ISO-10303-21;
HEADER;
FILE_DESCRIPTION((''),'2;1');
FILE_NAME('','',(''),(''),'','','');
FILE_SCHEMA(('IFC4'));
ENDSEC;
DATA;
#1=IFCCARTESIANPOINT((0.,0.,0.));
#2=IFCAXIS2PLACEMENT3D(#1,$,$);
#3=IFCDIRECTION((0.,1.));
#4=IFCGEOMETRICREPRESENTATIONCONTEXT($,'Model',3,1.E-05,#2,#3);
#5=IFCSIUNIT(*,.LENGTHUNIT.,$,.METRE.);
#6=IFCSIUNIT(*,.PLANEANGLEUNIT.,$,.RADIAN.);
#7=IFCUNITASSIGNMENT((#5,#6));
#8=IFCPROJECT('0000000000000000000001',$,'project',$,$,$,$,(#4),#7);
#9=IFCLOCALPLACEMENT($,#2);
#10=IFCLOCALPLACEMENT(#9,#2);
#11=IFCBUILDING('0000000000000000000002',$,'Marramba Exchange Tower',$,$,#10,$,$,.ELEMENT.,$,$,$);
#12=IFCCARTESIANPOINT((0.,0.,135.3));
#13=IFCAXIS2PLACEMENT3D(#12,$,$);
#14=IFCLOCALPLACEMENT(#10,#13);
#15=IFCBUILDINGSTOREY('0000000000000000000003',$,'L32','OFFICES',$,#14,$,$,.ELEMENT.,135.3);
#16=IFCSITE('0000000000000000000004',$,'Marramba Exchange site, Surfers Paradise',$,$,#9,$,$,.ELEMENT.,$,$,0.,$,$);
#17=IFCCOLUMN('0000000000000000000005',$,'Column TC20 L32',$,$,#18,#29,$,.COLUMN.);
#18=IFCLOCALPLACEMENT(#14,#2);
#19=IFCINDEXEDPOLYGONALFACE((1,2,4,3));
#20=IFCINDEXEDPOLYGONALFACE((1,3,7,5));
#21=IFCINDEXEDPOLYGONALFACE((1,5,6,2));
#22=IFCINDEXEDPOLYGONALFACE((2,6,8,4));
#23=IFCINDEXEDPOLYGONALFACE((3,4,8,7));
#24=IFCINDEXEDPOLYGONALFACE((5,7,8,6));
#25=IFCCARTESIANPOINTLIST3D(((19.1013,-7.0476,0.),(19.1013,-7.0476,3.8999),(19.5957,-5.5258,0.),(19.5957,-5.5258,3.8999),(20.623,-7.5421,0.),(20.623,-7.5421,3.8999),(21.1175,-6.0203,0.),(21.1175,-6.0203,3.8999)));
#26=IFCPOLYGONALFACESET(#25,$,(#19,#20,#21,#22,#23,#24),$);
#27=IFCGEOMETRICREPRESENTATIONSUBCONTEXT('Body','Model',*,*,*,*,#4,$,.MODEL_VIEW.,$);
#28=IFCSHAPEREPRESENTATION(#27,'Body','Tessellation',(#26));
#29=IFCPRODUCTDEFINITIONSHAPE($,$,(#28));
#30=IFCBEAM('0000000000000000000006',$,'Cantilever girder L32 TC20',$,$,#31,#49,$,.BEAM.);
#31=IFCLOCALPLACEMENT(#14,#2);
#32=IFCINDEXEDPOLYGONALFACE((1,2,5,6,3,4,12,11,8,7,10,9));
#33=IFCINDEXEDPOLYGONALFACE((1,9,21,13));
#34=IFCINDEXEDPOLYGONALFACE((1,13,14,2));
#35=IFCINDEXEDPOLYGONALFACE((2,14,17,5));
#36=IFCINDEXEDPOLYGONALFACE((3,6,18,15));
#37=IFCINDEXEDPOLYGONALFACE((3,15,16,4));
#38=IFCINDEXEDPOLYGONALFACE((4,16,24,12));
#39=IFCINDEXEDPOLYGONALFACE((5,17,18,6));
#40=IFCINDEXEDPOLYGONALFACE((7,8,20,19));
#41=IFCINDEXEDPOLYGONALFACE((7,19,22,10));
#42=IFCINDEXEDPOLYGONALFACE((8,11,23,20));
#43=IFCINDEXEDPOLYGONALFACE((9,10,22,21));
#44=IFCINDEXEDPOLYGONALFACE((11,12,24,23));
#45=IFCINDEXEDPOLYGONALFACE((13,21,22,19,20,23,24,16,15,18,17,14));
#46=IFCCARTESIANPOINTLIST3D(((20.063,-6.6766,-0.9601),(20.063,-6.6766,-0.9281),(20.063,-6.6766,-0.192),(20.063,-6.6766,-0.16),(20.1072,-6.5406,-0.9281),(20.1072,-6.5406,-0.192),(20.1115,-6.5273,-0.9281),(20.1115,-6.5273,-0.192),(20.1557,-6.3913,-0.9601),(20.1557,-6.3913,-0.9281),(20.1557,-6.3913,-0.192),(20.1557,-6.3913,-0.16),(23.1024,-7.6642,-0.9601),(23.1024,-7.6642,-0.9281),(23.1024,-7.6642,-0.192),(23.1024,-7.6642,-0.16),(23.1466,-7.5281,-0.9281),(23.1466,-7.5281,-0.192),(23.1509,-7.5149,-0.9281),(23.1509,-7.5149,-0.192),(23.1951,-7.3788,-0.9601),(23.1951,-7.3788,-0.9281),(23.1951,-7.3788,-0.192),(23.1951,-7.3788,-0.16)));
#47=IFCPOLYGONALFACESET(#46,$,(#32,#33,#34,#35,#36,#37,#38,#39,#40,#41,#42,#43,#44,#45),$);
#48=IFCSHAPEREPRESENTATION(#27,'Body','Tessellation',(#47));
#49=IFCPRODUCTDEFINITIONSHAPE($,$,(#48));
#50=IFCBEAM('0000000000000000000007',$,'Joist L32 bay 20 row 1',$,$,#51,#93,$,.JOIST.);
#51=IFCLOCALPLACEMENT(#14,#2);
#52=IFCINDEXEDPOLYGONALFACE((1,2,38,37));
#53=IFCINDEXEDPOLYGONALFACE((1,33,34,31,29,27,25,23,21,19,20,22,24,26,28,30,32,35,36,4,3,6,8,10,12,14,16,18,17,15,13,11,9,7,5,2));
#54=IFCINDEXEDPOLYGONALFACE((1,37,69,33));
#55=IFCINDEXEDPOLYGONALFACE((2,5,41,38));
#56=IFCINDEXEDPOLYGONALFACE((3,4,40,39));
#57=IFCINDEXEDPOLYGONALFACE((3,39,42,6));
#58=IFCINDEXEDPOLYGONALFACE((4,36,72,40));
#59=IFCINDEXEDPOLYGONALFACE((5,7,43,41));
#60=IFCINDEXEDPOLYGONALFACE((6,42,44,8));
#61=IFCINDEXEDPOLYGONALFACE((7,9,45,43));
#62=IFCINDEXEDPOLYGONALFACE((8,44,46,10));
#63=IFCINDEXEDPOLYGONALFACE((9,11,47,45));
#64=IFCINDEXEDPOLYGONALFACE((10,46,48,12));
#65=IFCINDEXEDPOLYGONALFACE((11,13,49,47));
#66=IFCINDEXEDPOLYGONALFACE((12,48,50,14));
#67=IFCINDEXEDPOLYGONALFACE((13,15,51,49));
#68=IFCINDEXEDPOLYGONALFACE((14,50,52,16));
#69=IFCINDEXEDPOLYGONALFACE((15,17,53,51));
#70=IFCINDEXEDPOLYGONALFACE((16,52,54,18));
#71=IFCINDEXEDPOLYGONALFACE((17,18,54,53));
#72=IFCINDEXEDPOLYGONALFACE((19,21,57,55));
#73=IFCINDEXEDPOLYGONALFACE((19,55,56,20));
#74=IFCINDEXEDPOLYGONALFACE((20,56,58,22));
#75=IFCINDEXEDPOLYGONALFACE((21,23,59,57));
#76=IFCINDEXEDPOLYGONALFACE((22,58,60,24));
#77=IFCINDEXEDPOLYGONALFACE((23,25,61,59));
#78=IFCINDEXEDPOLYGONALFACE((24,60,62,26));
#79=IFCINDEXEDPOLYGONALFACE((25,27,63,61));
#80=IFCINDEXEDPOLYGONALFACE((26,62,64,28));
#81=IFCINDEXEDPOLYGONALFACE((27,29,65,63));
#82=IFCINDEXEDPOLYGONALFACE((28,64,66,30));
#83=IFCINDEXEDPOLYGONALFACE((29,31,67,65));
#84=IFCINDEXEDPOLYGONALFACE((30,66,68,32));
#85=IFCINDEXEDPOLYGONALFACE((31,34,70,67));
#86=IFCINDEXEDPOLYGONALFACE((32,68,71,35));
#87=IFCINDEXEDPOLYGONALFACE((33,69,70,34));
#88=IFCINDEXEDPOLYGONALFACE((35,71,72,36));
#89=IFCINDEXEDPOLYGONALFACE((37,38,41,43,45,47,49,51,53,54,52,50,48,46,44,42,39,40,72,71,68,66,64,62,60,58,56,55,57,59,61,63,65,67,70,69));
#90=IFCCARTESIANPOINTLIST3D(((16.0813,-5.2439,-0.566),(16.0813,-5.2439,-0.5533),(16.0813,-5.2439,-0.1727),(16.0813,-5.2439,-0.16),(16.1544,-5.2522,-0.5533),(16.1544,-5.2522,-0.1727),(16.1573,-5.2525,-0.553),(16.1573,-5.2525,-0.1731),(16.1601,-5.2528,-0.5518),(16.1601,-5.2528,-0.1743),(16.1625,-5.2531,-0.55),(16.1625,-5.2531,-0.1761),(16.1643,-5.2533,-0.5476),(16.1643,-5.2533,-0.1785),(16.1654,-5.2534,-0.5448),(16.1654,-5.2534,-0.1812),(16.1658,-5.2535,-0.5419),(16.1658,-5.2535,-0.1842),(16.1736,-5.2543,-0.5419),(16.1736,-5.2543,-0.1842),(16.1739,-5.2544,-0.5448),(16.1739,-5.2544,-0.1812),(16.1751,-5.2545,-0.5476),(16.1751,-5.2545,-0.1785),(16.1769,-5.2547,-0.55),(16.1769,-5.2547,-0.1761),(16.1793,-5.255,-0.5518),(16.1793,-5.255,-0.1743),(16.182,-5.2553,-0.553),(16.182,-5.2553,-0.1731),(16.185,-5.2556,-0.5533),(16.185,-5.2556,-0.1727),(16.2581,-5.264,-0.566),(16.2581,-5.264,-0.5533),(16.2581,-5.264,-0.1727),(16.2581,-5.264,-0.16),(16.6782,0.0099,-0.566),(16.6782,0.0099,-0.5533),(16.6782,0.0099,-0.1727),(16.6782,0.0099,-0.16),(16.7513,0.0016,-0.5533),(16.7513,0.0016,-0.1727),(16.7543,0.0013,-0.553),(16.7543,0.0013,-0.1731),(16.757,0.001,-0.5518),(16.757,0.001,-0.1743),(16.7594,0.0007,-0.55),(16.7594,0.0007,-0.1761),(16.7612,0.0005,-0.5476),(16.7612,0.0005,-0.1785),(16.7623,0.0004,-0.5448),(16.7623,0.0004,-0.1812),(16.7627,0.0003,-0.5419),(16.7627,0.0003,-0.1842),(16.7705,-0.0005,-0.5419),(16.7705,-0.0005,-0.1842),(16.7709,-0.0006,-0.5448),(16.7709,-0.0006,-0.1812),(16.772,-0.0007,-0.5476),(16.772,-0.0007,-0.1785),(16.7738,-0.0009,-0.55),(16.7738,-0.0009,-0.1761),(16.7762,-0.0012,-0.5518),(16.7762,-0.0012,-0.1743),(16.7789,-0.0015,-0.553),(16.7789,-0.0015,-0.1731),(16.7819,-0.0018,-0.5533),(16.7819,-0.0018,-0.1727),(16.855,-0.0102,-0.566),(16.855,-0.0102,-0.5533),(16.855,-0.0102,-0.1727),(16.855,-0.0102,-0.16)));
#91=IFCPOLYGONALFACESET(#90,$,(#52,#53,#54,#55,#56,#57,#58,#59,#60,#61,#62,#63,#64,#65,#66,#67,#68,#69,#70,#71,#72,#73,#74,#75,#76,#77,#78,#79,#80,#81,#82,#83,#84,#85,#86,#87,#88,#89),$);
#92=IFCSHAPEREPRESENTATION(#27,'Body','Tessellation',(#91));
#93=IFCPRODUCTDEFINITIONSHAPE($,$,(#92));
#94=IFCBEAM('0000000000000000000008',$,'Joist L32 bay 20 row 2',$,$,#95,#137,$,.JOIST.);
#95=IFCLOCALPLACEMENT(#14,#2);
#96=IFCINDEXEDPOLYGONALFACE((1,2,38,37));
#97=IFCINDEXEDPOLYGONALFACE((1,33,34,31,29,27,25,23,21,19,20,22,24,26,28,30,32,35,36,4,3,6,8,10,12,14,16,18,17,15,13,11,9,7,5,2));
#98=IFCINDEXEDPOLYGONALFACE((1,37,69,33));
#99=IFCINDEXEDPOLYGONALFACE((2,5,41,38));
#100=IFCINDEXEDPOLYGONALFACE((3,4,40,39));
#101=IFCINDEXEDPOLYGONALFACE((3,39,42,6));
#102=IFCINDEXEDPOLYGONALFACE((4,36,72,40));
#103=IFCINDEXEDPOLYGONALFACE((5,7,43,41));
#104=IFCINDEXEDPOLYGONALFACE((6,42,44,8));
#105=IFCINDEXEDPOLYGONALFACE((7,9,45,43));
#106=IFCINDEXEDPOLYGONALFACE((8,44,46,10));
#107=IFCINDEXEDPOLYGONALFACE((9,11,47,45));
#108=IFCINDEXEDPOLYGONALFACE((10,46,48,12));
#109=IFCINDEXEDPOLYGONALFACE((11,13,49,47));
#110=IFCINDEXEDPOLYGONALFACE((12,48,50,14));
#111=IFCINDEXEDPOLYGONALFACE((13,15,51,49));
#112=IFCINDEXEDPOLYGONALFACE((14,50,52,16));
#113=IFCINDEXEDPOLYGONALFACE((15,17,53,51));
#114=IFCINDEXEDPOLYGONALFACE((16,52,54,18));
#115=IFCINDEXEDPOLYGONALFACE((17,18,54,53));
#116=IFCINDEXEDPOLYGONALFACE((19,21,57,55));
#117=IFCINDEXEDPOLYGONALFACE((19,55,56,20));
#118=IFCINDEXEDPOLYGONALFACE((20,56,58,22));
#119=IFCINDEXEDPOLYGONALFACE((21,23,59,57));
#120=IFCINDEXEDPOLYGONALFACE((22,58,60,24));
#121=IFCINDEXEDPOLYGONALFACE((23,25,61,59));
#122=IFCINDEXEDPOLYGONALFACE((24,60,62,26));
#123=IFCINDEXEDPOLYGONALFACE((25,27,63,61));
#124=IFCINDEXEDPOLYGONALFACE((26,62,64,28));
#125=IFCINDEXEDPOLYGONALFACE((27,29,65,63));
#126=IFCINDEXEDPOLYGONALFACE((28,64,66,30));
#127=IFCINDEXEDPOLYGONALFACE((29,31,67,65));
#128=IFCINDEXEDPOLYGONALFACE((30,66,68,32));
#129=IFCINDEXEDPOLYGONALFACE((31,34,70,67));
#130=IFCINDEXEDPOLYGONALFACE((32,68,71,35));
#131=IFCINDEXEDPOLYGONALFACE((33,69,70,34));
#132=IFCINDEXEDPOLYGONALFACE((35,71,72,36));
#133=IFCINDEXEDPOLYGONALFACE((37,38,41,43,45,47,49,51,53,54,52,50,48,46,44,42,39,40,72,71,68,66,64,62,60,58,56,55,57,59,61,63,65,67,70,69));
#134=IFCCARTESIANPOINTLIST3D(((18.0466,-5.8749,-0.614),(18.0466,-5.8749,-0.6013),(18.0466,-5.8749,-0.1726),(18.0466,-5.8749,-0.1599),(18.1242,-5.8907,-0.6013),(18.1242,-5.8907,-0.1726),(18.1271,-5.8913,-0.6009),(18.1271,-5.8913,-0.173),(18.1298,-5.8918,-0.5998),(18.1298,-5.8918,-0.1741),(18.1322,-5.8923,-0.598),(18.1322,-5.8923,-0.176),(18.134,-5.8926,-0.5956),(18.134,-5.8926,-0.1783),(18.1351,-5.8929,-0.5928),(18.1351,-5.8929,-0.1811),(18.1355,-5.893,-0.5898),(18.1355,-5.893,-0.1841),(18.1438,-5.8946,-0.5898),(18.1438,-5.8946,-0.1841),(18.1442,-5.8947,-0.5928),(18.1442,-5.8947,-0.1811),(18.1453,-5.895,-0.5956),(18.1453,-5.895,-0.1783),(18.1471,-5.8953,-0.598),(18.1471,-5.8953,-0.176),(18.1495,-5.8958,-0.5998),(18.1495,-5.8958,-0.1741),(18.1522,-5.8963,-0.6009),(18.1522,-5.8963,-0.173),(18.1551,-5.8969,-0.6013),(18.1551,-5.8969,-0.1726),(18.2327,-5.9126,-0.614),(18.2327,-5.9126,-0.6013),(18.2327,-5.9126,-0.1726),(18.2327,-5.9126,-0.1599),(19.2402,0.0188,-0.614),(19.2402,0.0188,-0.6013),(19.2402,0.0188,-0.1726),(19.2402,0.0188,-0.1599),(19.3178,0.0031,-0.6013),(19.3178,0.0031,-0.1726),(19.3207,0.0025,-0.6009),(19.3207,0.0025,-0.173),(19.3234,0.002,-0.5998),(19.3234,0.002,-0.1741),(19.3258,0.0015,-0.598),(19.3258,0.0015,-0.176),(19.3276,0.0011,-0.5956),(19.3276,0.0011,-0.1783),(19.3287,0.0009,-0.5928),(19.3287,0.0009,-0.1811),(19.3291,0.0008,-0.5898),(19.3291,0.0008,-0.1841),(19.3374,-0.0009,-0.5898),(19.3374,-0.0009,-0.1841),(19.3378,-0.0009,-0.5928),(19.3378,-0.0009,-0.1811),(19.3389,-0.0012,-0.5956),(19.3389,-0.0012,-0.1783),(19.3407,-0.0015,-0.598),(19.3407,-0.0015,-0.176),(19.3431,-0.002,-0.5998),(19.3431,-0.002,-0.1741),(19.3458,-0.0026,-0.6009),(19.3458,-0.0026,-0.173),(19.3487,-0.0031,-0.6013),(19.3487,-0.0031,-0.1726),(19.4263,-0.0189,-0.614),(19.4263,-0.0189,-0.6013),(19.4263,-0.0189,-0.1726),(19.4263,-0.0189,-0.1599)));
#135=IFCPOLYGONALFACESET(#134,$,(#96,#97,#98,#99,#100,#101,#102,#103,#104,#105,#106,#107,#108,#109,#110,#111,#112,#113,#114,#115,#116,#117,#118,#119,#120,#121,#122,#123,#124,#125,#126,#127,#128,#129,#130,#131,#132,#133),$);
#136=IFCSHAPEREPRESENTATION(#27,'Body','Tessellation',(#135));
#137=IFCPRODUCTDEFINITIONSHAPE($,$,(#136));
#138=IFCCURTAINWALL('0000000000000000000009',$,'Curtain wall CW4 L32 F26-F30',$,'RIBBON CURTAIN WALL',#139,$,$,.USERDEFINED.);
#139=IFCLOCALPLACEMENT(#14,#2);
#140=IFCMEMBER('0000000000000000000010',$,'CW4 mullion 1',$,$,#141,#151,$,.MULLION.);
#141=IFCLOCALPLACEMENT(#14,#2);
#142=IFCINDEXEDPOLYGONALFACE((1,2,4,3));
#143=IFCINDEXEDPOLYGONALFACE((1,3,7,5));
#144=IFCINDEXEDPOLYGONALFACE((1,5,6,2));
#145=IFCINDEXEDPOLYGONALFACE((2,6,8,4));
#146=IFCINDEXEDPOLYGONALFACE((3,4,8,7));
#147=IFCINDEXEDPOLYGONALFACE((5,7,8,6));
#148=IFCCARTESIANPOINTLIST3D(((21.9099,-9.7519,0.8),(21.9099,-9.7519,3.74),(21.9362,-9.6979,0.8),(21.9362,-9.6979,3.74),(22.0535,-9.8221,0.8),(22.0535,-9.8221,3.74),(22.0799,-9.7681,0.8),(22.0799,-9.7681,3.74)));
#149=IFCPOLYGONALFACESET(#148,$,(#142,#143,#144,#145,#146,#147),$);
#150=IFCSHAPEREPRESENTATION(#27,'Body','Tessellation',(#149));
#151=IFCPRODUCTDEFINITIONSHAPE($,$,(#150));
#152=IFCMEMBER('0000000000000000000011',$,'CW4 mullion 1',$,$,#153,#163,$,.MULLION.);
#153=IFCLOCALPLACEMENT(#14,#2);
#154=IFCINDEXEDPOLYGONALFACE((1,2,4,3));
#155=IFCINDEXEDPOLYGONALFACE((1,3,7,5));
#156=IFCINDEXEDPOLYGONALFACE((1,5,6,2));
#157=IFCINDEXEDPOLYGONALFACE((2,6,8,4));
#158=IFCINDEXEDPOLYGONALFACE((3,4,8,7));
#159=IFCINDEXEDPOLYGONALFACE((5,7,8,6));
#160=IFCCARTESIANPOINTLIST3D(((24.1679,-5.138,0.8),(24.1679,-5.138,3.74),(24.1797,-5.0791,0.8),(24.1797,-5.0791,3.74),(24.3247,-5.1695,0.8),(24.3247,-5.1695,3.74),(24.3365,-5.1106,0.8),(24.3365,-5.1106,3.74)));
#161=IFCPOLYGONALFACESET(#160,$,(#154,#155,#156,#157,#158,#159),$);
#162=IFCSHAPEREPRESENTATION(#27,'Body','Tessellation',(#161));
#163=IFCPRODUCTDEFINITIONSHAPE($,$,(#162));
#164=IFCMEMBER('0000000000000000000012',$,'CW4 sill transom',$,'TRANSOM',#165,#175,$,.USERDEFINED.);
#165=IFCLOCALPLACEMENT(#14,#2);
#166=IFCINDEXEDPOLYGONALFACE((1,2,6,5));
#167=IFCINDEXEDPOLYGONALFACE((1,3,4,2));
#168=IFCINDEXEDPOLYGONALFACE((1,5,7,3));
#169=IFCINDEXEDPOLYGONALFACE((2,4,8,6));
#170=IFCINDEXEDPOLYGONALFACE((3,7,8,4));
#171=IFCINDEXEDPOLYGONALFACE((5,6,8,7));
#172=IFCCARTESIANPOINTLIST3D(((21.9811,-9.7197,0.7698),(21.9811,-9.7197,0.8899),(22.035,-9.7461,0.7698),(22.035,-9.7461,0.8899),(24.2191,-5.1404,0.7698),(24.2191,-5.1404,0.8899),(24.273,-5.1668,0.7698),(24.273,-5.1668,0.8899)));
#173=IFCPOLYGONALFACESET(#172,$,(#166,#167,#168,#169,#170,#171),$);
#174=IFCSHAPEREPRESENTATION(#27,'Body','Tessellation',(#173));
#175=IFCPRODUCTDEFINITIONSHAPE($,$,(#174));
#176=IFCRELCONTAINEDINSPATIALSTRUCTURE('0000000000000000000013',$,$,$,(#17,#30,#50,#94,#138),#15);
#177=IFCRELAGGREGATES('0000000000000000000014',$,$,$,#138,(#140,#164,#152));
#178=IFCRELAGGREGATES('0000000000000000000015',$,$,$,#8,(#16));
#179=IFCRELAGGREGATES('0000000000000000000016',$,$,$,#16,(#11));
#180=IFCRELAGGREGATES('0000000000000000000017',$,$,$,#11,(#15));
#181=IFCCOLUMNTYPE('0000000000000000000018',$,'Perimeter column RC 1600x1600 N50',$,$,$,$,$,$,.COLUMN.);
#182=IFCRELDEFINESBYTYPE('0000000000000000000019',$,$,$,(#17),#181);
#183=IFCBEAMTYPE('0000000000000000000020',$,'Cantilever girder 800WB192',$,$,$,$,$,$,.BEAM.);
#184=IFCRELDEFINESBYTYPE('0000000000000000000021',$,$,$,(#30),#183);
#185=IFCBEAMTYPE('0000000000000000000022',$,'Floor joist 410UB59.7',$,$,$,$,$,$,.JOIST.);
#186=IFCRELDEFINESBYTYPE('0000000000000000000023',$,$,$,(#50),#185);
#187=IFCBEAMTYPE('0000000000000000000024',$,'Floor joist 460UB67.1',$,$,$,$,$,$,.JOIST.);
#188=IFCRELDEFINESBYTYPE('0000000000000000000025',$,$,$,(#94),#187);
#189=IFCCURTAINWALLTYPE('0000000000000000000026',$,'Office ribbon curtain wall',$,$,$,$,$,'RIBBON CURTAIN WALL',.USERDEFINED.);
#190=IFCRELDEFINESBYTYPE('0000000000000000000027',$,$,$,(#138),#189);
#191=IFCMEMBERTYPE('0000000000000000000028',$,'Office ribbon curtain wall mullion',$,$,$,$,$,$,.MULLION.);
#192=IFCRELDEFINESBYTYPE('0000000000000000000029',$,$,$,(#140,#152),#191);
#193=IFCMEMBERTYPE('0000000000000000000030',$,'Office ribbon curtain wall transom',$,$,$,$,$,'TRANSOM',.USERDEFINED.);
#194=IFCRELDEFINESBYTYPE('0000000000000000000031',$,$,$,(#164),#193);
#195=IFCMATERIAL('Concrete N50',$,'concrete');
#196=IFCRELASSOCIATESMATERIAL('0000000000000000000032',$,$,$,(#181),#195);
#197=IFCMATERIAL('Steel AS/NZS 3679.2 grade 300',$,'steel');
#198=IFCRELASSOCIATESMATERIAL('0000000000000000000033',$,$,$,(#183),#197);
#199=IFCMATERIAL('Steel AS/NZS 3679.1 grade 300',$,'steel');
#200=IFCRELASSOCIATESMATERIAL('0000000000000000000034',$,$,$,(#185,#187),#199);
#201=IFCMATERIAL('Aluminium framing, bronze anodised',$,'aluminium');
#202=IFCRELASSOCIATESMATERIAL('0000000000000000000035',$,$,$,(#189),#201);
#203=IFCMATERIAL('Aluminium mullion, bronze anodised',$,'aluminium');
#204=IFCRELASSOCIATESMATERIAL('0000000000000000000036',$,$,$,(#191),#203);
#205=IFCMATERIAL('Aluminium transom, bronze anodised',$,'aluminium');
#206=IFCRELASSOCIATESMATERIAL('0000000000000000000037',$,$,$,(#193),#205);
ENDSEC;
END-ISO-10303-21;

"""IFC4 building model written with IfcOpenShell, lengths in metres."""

from ifc_helpers import new_model, si_unit, direction, frame, origin, origin_2d, place, context, subcontext, project, spatial, rectangle, i_section, extrude, material, material_profile, profile_set, type_object, element, aggregate, save


model = new_model("IFC4")

# Units and contexts
model_context = context("Model", 3, precision=1e-05, world=origin(), true_north=direction((0.0, 1.0)))
body_context = subcontext(model_context, "Body", "Model", "MODEL_VIEW")
ifc_project = project(units=[si_unit("LENGTHUNIT", "METRE"), si_unit("PLANEANGLEUNIT", "RADIAN")], contexts=[model_context])

# Site, building, storey
site_placement = place(None, origin())
site = spatial("IfcSite", under=ifc_project, at=site_placement, Name="Marramba Exchange site, Surfers Paradise", CompositionType="ELEMENT", RefElevation=0.0)
building_placement = place(site_placement, origin())
building = spatial("IfcBuilding", under=site, at=building_placement, Name="Marramba Exchange Tower", CompositionType="ELEMENT")
storey_placement = place(building_placement, frame((0.0, 0.0, 135.3)))
storey = spatial("IfcBuildingStorey", under=building, at=storey_placement, Name="L32", Description="OFFICES", CompositionType="ELEMENT", Elevation=135.3)

# Column
ifc_material_1 = material(Name="Concrete N50", Category="concrete")
ifc_material_profile_1 = material_profile(ifc_material_1, rectangle(XDim=1.6001, YDim=1.6001, at=origin_2d()), Name="RC 1600x1600")
ifc_profile_set_1 = profile_set([ifc_material_profile_1], Name="Concrete N50")
column_type = type_object("IfcColumnType", Name="Perimeter column RC 1600x1600 N50", PredefinedType="COLUMN", material=ifc_profile_set_1)
column_placement = place(storey_placement, frame((20.1094, -6.5339, 0.0), z_axis=(0.0, 0.0, 1.0), x_axis=(0.951057, -0.309017, 0.0)))
element("IfcColumn", 1, at=column_placement, inside=storey, type_object=column_type, Name="Column TC20 L32", PredefinedType="COLUMN", context=body_context, shape_type="SweptSolid", body=[
    extrude(rectangle(XDim=1.6001, YDim=1.6001, at=origin_2d()), origin(), (0.0, 0.0, 1.0), 3.8999),
])

# Beams
ifc_material_2 = material(Name="Steel AS/NZS 3679.2 grade 300", Category="steel")
ifc_material_profile_2 = material_profile(ifc_material_2, i_section(OverallWidth=0.3, OverallDepth=0.8, WebThickness=0.0139, FlangeThickness=0.032, at=origin_2d()), Name="800WB192")
ifc_profile_set_2 = profile_set([ifc_material_profile_2], Name="Steel AS/NZS 3679.2 grade 300")
beam_type_1 = type_object("IfcBeamType", Name="Cantilever girder 800WB192", PredefinedType="BEAM", material=ifc_profile_set_2)
beam_1_placement = place(storey_placement, frame((20.1094, -6.5339, -0.5601), z_axis=(0.951055, -0.309022, 0.0), x_axis=(0.309022, 0.951055, 0.0)))
element("IfcBeam", 2, at=beam_1_placement, inside=storey, type_object=beam_type_1, Name="Cantilever girder L32 TC20", PredefinedType="BEAM", context=body_context, shape_type="SweptSolid", body=[
    extrude(i_section(OverallWidth=0.3, OverallDepth=0.8, WebThickness=0.0139, FlangeThickness=0.032, at=origin_2d()), origin(), (0.0, 0.0, 1.0), 3.1958),
])
ifc_material_3 = material(Name="Steel AS/NZS 3679.1 grade 300", Category="steel")
ifc_material_profile_3 = material_profile(ifc_material_3, i_section(OverallWidth=0.178, OverallDepth=0.406, WebThickness=0.0078, FlangeThickness=0.0127, FilletRadius=0.0115, at=origin_2d()), Name="410UB59.7")
ifc_profile_set_3 = profile_set([ifc_material_profile_3], Name="Steel AS/NZS 3679.1 grade 300")
beam_type_2 = type_object("IfcBeamType", Name="Floor joist 410UB59.7", PredefinedType="JOIST", material=ifc_profile_set_3)
beam_2_placement = place(storey_placement, frame((16.1697, -5.2539, -0.363), z_axis=(0.112889, 0.993608, 0.0), x_axis=(-0.993608, 0.112889, 0.0)))
element("IfcBeam", 3, at=beam_2_placement, inside=storey, type_object=beam_type_2, Name="Joist L32 bay 20 row 1", PredefinedType="JOIST", context=body_context, shape_type="SweptSolid", body=[
    extrude(i_section(OverallWidth=0.178, OverallDepth=0.406, WebThickness=0.0078, FlangeThickness=0.0127, FilletRadius=0.0115, at=origin_2d()), origin(), (0.0, 0.0, 1.0), 5.2876),
])
ifc_material_profile_4 = material_profile(ifc_material_3, i_section(OverallWidth=0.1899, OverallDepth=0.4541, WebThickness=0.0085, FlangeThickness=0.0127, FilletRadius=0.0115, at=origin_2d()), Name="460UB67.1")
ifc_profile_set_4 = profile_set([ifc_material_profile_4], Name="Steel AS/NZS 3679.1 grade 300")
beam_type_3 = type_object("IfcBeamType", Name="Floor joist 460UB67.1", PredefinedType="JOIST", material=ifc_profile_set_4)
beam_3_placement = place(storey_placement, frame((18.1396, -5.8938, -0.387), z_axis=(0.198489, 0.980103, 0.0), x_axis=(-0.980103, 0.198489, 0.0)))
element("IfcBeam", 4, at=beam_3_placement, inside=storey, type_object=beam_type_3, Name="Joist L32 bay 20 row 2", PredefinedType="JOIST", context=body_context, shape_type="SweptSolid", body=[
    extrude(i_section(OverallWidth=0.1899, OverallDepth=0.4541, WebThickness=0.0085, FlangeThickness=0.0127, FilletRadius=0.0115, at=origin_2d()), origin(), (0.0, 0.0, 1.0), 6.0134),
])

# Curtain wall, members
ifc_material_4 = material(Name="Aluminium framing, bronze anodised", Category="aluminium")
curtain_wall_type = type_object("IfcCurtainWallType", Name="Office ribbon curtain wall", ElementType="RIBBON CURTAIN WALL", PredefinedType="USERDEFINED", material=ifc_material_4)
curtain_wall_placement = place(storey_placement, origin())
curtain_wall = element("IfcCurtainWall", 5, at=curtain_wall_placement, inside=storey, type_object=curtain_wall_type, Name="Curtain wall CW4 L32 F26-F30", ObjectType="RIBBON CURTAIN WALL", PredefinedType="USERDEFINED")
ifc_material_5 = material(Name="Aluminium mullion, bronze anodised", Category="aluminium")
ifc_material_profile_5 = material_profile(ifc_material_5, rectangle(XDim=0.1599, YDim=0.0601, at=origin_2d()), Name="CW4 mullion 60x160")
ifc_profile_set_5 = profile_set([ifc_material_profile_5], Name="Aluminium mullion, bronze anodised")
member_type_1 = type_object("IfcMemberType", Name="Office ribbon curtain wall mullion", PredefinedType="MULLION", material=ifc_profile_set_5)
member_1_placement = place(storey_placement, frame((21.9949, -9.76, 0.8), z_axis=(0.0, 0.0, 1.0), x_axis=(-0.898445, 0.439086, 0.0)))
member_1 = element("IfcMember", 6, at=member_1_placement, type_object=member_type_1, Name="CW4 mullion 1", PredefinedType="MULLION", context=body_context, shape_type="SweptSolid", body=[
    extrude(rectangle(XDim=0.1599, YDim=0.0601, at=origin_2d()), origin(), (0.0, 0.0, 1.0), 2.9399),
])
member_2_placement = place(storey_placement, frame((24.2522, -5.1243, 0.8), z_axis=(0.0, 0.0, 1.0), x_axis=(-0.980394, 0.197049, 0.0)))
member_2 = element("IfcMember", 7, at=member_2_placement, type_object=member_type_1, Name="CW4 mullion 1", PredefinedType="MULLION", context=body_context, shape_type="SweptSolid", body=[
    extrude(rectangle(XDim=0.1599, YDim=0.0601, at=origin_2d()), origin(), (0.0, 0.0, 1.0), 2.9399),
])
ifc_material_6 = material(Name="Aluminium transom, bronze anodised", Category="aluminium")
ifc_material_profile_6 = material_profile(ifc_material_6, rectangle(XDim=0.0601, YDim=0.1201, at=origin_2d()), Name="CW4 transom 60x120")
ifc_profile_set_6 = profile_set([ifc_material_profile_6], Name="Aluminium transom, bronze anodised")
member_type_2 = type_object("IfcMemberType", Name="Office ribbon curtain wall transom", ElementType="TRANSOM", PredefinedType="USERDEFINED", material=ifc_profile_set_6)
member_3_placement = place(storey_placement, frame((22.0081, -9.7329, 0.8298), z_axis=(0.439091, 0.898443, 0.0), x_axis=(-0.898443, 0.439091, 0.0)))
member_3 = element("IfcMember", 8, at=member_3_placement, type_object=member_type_2, Name="CW4 sill transom", ObjectType="TRANSOM", PredefinedType="USERDEFINED", context=body_context, shape_type="SweptSolid", body=[
    extrude(rectangle(XDim=0.0601, YDim=0.1201, at=origin_2d()), origin(), (0.0, 0.0, 1.0), 5.0969),
])

aggregate(curtain_wall, [member_1, member_3, member_2])

save(model, "model.ifc")
